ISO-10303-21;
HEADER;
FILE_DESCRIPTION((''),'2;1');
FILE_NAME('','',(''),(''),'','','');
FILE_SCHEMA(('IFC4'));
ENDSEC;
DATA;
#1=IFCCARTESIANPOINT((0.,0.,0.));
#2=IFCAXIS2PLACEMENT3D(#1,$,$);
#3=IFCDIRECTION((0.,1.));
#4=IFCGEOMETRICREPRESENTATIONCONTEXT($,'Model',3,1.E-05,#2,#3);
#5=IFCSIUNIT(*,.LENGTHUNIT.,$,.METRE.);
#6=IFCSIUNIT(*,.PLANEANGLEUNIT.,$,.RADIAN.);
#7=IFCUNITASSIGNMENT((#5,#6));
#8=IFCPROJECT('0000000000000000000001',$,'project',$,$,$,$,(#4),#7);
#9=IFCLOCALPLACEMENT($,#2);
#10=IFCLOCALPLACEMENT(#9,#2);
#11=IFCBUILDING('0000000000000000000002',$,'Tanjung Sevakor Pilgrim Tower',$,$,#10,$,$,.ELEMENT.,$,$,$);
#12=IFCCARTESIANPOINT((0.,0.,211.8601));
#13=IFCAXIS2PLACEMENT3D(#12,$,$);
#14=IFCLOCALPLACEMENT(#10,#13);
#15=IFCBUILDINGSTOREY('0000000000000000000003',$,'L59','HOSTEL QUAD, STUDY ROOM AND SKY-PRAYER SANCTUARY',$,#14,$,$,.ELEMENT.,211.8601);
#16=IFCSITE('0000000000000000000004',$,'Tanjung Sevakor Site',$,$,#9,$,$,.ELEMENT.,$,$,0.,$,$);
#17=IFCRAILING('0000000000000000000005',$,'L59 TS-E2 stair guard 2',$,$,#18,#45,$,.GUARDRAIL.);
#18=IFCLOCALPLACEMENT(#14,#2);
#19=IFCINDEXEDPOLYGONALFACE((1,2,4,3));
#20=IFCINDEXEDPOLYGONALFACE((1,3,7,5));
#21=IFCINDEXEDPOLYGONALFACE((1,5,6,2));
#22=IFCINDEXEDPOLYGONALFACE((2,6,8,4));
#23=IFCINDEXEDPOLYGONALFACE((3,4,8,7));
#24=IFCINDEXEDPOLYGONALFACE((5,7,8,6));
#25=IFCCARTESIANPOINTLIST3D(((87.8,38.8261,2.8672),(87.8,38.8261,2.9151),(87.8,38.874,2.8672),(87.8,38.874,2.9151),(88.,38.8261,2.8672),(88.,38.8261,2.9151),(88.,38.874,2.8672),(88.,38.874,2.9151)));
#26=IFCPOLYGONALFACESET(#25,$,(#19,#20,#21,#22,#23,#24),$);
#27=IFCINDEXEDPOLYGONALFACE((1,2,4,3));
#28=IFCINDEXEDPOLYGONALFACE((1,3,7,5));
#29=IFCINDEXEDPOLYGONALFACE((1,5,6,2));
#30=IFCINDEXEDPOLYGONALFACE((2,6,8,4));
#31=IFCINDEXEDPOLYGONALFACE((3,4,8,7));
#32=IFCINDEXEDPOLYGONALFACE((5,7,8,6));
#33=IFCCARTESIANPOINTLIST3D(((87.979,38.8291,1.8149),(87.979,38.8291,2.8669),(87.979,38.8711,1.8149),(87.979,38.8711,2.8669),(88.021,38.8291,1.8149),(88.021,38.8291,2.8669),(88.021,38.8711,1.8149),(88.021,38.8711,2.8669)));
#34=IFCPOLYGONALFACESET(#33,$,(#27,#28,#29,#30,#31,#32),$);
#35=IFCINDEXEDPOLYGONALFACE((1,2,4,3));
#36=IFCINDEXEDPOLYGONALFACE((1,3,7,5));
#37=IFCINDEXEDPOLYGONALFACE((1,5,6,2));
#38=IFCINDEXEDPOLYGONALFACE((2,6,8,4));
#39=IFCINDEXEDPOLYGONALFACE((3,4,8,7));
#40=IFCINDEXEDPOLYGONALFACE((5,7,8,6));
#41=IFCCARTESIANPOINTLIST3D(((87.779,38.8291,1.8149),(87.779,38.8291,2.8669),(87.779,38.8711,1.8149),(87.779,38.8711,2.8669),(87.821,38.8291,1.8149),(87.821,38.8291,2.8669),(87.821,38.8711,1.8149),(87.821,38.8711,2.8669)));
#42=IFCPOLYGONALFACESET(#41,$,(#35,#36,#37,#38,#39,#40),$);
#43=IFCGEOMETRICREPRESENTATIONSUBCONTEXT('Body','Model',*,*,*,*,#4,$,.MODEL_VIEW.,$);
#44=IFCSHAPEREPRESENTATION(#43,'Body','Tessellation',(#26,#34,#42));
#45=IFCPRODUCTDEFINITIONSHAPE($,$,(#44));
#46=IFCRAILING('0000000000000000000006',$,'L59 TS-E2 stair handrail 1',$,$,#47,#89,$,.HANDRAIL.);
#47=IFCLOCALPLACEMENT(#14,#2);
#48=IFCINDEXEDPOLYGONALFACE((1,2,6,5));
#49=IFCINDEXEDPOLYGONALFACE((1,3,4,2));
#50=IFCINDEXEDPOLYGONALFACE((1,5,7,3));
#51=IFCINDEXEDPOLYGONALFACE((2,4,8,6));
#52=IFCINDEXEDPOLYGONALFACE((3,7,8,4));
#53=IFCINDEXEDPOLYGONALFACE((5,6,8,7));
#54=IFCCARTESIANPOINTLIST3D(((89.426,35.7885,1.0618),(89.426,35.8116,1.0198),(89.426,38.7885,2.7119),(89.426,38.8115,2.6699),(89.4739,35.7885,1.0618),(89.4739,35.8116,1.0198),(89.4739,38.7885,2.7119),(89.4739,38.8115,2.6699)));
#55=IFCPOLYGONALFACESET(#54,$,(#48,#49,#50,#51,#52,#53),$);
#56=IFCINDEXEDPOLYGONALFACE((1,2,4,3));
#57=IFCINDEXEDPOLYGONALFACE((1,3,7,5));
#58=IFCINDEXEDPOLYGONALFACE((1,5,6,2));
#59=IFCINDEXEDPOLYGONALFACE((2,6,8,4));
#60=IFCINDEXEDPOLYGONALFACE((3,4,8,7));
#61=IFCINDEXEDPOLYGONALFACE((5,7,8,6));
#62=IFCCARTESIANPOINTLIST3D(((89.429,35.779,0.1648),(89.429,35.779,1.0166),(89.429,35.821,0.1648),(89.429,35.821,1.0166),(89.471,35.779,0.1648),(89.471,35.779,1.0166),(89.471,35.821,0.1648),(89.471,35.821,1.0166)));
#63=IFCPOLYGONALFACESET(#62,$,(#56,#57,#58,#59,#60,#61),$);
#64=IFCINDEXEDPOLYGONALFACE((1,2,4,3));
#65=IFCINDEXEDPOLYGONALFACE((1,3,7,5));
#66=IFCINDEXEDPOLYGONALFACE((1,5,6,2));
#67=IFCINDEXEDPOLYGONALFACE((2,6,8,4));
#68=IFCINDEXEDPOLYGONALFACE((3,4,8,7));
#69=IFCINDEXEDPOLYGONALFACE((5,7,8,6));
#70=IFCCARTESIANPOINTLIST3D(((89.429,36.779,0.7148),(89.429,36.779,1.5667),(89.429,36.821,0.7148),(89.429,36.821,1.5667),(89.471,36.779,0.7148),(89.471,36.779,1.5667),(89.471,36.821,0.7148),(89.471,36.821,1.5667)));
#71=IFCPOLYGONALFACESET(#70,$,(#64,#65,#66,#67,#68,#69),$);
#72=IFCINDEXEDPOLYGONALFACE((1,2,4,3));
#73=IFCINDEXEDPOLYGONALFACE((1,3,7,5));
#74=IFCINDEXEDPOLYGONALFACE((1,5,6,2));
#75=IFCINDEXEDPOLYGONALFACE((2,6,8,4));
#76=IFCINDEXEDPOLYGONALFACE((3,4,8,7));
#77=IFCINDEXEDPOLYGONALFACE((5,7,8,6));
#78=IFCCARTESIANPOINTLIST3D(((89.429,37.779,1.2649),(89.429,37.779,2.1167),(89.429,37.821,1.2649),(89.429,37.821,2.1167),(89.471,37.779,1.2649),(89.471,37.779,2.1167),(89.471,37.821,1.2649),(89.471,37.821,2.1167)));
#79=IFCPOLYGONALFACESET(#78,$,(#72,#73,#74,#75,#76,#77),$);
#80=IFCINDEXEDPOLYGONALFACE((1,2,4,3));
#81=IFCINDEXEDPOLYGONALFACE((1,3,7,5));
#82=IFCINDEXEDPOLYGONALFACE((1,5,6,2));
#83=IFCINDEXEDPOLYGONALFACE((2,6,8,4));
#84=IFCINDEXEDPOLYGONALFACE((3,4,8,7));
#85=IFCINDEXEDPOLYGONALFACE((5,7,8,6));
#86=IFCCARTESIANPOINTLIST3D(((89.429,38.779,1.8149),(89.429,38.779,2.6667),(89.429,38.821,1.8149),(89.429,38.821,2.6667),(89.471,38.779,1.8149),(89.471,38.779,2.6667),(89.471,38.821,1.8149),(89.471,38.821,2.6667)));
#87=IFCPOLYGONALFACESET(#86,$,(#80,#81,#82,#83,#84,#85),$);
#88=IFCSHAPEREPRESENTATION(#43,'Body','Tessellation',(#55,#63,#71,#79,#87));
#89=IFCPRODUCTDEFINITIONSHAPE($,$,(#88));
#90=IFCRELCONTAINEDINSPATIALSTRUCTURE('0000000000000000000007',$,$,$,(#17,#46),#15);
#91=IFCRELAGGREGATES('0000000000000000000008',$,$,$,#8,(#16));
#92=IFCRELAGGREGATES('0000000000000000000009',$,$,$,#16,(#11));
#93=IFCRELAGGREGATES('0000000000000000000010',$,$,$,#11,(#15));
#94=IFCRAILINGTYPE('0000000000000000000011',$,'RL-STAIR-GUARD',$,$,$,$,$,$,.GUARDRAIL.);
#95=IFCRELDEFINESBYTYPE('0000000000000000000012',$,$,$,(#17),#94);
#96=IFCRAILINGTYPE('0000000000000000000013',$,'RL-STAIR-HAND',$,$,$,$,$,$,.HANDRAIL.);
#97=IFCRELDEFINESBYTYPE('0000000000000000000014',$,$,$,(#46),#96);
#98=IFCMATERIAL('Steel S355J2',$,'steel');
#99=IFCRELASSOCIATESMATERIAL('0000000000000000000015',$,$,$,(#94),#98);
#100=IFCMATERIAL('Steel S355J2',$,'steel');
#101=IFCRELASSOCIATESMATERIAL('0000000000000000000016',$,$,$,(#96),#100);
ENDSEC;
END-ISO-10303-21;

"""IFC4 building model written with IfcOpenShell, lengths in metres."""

from ifc_helpers import new_model, si_unit, direction, frame, origin, place, context, subcontext, project, spatial, rectangle, extrude, material, type_object, element, save


model = new_model("IFC4")

# Units and contexts
model_context = context("Model", 3, precision=1e-05, world=origin(), true_north=direction((0.0, 1.0)))
body_context = subcontext(model_context, "Body", "Model", "MODEL_VIEW")
ifc_project = project(units=[si_unit("LENGTHUNIT", "METRE"), si_unit("PLANEANGLEUNIT", "RADIAN")], contexts=[model_context])

# Site, building, storey
site_placement = place(None, origin())
site = spatial("IfcSite", under=ifc_project, at=site_placement, Name="Tanjung Sevakor Site", CompositionType="ELEMENT", RefElevation=0.0)
building_placement = place(site_placement, origin())
building = spatial("IfcBuilding", under=site, at=building_placement, Name="Tanjung Sevakor Pilgrim Tower", CompositionType="ELEMENT")
storey_placement = place(building_placement, frame((0.0, 0.0, 211.8601)))
storey = spatial("IfcBuildingStorey", under=building, at=storey_placement, Name="L59", Description="HOSTEL QUAD, STUDY ROOM AND SKY-PRAYER SANCTUARY", CompositionType="ELEMENT", Elevation=211.8601)

# Railings
ifc_material_1 = material(Name="Steel S355J2", Category="steel")
railing_type_1 = type_object("IfcRailingType", Name="RL-STAIR-GUARD", PredefinedType="GUARDRAIL", material=ifc_material_1)
railing_1_placement = place(storey_placement, frame((88.0, 38.8501, 1.8149)))
element("IfcRailing", 1, at=railing_1_placement, inside=storey, type_object=railing_type_1, Name="L59 TS-E2 stair guard 2", PredefinedType="GUARDRAIL", context=body_context, shape_type="SweptSolid", body=[
    extrude(rectangle(XDim=0.0479, YDim=0.0479), frame((0.0, 0.0, 1.0762), z_axis=(-1.0, 0.0, 0.0), x_axis=(0.0, -1.0, 0.0)), (0.0, 0.0, 1.0), 0.2),
    extrude(rectangle(XDim=0.042, YDim=0.042), origin(), (0.0, 0.0, 1.0), 1.052),
    extrude(rectangle(XDim=0.042, YDim=0.042), frame((-0.2, 0.0, 0.0)), (0.0, 0.0, 1.0), 1.052),
])
ifc_material_2 = material(Name="Steel S355J2", Category="steel")
railing_type_2 = type_object("IfcRailingType", Name="RL-STAIR-HAND", PredefinedType="HANDRAIL", material=ifc_material_2)
railing_2_placement = place(storey_placement, frame((89.45, 35.8, 0.1648)))
element("IfcRailing", 2, at=railing_2_placement, inside=storey, type_object=railing_type_2, Name="L59 TS-E2 stair handrail 1", PredefinedType="HANDRAIL", context=body_context, shape_type="SweptSolid", body=[
    extrude(rectangle(XDim=0.0479, YDim=0.0479), frame((0.0, 0.0, 0.876), z_axis=(0.0, 0.876198, 0.481952), x_axis=(-1.0, 0.0, 0.0)), (0.0, 0.0, 1.0), 3.4238),
    extrude(rectangle(XDim=0.042, YDim=0.042), origin(), (0.0, 0.0, 1.0), 0.8518),
    extrude(rectangle(XDim=0.042, YDim=0.042), frame((0.0, 1.0, 0.55)), (0.0, 0.0, 1.0), 0.8518),
    extrude(rectangle(XDim=0.042, YDim=0.042), frame((0.0, 2.0, 1.1001)), (0.0, 0.0, 1.0), 0.8518),
    extrude(rectangle(XDim=0.042, YDim=0.042), frame((0.0, 3.0, 1.6501)), (0.0, 0.0, 1.0), 0.8518),
])

save(model, "model.ifc")
